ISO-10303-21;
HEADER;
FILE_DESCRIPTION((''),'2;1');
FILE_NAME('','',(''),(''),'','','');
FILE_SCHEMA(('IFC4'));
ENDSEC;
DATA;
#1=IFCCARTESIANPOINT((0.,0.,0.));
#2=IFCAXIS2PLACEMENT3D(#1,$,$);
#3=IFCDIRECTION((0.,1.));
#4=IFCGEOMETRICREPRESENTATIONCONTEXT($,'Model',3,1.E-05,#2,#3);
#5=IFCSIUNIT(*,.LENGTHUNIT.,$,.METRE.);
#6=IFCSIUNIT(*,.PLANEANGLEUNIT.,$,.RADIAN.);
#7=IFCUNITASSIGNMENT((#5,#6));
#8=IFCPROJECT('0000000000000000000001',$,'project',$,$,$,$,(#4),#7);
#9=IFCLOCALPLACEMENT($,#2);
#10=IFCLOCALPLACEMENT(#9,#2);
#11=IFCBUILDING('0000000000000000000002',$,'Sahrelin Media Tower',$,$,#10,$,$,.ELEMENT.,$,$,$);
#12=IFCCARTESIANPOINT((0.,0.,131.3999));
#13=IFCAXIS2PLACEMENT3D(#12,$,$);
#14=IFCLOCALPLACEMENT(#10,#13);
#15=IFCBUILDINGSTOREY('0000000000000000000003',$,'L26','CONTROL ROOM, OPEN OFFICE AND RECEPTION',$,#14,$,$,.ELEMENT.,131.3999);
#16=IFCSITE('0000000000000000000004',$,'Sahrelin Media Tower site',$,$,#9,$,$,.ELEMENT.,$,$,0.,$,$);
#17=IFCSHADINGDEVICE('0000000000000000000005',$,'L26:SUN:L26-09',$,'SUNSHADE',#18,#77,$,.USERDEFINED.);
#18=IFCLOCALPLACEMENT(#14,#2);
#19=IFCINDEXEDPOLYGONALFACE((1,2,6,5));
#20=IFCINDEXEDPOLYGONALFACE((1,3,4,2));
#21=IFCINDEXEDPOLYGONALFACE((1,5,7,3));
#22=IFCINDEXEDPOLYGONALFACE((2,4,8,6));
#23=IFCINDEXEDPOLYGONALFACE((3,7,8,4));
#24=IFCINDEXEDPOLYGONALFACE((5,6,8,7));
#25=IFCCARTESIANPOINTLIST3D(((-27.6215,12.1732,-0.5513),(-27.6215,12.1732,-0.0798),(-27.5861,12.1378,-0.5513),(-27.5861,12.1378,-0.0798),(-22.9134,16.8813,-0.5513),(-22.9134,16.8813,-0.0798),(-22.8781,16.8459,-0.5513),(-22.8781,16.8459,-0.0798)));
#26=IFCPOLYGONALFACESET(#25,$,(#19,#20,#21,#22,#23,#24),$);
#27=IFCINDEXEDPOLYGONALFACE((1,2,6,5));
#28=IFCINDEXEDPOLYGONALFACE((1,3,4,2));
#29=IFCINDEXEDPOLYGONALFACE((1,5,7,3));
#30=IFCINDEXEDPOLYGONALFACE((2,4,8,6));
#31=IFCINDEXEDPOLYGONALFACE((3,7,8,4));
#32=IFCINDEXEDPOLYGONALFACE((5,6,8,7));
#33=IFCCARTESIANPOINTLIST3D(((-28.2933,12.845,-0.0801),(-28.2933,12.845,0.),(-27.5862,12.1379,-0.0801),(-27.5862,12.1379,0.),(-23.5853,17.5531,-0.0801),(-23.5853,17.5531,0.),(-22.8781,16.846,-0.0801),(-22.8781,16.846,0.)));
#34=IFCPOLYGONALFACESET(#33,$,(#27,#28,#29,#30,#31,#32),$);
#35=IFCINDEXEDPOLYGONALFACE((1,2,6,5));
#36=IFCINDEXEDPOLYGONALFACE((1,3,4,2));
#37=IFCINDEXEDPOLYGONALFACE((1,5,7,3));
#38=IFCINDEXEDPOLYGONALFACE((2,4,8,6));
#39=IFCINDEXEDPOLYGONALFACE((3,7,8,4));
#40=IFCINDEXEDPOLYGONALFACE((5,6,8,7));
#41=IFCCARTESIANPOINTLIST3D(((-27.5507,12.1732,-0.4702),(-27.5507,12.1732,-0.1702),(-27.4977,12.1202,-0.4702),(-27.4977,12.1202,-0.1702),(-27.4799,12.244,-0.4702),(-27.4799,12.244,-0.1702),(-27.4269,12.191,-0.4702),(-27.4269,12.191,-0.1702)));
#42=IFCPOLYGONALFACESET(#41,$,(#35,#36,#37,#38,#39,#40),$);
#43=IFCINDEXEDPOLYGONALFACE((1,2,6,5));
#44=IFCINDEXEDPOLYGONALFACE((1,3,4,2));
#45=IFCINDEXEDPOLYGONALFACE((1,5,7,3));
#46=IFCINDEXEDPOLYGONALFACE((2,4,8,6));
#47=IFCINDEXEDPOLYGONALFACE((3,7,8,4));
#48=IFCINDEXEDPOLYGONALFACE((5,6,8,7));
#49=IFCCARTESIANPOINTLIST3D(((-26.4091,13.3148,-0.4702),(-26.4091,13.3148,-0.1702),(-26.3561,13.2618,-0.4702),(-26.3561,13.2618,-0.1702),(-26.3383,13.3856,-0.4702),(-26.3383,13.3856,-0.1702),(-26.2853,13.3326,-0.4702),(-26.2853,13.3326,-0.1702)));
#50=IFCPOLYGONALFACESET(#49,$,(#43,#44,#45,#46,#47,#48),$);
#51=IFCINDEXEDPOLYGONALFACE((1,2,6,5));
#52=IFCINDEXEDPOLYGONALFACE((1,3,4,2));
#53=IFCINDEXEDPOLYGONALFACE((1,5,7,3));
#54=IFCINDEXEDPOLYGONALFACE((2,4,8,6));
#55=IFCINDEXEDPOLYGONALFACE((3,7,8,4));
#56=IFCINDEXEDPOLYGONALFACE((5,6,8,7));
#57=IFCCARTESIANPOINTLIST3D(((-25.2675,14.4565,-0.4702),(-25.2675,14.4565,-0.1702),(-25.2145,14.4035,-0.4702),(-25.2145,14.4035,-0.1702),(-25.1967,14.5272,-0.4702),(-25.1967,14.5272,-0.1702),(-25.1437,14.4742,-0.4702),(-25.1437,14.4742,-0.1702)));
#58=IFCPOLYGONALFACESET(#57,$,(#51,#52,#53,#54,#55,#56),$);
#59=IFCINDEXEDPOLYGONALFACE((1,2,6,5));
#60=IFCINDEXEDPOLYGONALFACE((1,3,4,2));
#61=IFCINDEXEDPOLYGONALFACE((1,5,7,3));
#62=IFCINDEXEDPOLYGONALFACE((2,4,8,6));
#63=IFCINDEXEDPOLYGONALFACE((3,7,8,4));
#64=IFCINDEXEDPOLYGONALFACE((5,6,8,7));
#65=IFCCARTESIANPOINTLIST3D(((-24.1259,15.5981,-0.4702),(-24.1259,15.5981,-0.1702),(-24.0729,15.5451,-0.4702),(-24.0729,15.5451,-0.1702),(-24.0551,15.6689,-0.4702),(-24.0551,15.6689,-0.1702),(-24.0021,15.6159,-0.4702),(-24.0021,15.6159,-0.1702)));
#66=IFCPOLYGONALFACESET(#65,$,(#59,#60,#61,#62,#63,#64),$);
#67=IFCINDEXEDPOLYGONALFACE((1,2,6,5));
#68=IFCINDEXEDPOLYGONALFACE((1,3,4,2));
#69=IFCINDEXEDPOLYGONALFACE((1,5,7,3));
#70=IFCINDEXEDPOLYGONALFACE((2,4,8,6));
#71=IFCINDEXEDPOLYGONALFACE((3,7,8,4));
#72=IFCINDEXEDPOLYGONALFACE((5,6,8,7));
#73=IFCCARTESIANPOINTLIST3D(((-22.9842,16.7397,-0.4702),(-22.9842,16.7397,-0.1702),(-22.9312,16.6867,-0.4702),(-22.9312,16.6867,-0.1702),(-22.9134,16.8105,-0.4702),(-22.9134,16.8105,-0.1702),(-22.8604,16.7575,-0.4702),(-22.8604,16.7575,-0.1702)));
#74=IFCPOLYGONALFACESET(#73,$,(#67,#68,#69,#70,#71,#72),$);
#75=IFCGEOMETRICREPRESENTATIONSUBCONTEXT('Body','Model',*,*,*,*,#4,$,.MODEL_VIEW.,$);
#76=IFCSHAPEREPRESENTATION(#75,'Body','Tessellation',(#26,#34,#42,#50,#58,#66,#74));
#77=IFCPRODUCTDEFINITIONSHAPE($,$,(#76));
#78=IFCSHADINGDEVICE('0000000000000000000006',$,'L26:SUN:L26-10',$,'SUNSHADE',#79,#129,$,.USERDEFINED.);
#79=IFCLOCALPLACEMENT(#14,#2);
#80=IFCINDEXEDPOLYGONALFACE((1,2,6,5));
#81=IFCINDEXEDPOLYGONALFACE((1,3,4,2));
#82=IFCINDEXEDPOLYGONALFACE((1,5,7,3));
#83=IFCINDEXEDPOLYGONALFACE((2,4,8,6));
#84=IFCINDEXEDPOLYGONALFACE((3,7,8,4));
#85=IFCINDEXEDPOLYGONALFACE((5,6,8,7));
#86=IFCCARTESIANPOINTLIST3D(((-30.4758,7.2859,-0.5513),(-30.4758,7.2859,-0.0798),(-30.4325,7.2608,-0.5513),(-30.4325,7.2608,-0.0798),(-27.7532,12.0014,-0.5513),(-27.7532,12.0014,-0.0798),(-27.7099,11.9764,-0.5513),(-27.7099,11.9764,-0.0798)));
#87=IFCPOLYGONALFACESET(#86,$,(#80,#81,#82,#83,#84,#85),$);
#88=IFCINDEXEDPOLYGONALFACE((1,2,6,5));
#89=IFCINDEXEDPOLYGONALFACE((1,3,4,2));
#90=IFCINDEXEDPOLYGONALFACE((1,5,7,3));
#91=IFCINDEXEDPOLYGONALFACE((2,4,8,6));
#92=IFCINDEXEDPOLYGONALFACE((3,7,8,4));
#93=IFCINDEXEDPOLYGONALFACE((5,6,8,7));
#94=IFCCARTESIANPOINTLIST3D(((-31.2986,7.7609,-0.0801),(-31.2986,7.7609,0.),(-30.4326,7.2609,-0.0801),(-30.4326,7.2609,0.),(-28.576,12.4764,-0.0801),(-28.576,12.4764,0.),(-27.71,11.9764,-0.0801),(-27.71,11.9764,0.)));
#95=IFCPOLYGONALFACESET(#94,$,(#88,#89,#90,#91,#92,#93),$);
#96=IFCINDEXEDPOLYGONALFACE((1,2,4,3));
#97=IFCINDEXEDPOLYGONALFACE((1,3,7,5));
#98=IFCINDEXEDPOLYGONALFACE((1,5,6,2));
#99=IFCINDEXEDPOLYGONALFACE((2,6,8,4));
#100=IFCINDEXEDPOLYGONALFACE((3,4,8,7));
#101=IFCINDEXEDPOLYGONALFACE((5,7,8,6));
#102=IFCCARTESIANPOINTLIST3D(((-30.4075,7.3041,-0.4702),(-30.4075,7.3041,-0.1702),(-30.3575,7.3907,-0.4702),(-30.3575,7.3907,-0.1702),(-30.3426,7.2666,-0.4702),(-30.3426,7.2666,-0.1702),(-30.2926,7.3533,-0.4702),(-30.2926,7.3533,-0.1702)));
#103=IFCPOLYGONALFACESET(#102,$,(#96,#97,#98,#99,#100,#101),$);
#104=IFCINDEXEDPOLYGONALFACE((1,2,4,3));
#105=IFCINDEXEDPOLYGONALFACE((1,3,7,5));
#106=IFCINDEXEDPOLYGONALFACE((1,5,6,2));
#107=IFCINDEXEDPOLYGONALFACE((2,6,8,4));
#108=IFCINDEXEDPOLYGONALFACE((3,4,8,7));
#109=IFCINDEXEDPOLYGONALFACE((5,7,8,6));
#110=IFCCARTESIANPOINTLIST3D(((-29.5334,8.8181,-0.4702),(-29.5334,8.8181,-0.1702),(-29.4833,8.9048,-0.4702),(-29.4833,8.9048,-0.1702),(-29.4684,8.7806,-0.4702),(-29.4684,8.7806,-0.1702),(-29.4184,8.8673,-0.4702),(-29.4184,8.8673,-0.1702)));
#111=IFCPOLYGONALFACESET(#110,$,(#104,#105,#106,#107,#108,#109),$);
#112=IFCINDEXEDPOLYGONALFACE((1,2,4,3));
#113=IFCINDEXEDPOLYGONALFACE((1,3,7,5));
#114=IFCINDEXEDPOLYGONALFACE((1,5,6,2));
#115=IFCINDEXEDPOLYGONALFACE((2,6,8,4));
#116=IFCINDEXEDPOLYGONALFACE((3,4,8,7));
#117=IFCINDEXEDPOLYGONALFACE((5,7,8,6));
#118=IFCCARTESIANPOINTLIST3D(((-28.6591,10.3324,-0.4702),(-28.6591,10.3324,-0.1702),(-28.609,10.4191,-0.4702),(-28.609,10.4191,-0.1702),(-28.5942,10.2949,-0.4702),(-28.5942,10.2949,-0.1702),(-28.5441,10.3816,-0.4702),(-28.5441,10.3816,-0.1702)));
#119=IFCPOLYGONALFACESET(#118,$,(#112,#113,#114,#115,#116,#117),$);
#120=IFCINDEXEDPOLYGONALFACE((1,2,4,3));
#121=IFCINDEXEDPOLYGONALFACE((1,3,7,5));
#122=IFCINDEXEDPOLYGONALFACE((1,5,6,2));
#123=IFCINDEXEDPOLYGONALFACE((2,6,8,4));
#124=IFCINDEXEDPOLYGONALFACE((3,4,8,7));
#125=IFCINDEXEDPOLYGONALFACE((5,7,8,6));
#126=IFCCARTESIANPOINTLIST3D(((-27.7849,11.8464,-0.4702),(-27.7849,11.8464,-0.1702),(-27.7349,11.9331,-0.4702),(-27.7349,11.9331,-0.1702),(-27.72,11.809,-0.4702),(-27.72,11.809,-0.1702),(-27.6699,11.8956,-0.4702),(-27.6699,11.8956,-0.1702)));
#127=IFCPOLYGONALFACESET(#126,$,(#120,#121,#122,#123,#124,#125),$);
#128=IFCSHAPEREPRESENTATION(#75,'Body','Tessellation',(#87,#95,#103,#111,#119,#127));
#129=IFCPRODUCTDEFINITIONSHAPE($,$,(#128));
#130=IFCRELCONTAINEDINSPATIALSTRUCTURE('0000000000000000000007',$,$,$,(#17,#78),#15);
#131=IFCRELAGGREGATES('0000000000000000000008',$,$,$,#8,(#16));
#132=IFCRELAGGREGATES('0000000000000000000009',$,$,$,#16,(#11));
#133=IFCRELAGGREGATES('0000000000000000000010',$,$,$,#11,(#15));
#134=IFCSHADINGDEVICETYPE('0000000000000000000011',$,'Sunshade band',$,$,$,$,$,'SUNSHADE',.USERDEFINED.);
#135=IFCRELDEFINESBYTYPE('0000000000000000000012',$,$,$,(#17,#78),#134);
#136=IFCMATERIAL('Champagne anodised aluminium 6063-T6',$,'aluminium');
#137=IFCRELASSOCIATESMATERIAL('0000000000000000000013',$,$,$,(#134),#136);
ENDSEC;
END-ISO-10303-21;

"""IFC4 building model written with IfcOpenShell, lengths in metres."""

from ifc_helpers import new_model, si_unit, direction, frame, origin, origin_2d, place, context, subcontext, project, spatial, rectangle, extrude, material, type_object, element, save


model = new_model("IFC4")

# Units and contexts
model_context = context("Model", 3, precision=1e-05, world=origin(), true_north=direction((0.0, 1.0)))
body_context = subcontext(model_context, "Body", "Model", "MODEL_VIEW")
ifc_project = project(units=[si_unit("LENGTHUNIT", "METRE"), si_unit("PLANEANGLEUNIT", "RADIAN")], contexts=[model_context])

# Site, building, storey
site_placement = place(None, origin())
site = spatial("IfcSite", under=ifc_project, at=site_placement, Name="Sahrelin Media Tower site", CompositionType="ELEMENT", RefElevation=0.0)
building_placement = place(site_placement, origin())
building = spatial("IfcBuilding", under=site, at=building_placement, Name="Sahrelin Media Tower", CompositionType="ELEMENT")
storey_placement = place(building_placement, frame((0.0, 0.0, 131.3999)))
storey = spatial("IfcBuildingStorey", under=building, at=storey_placement, Name="L26", Description="CONTROL ROOM, OPEN OFFICE AND RECEPTION", CompositionType="ELEMENT", Elevation=131.3999)

# Shared definitions
ifc_material_1 = material(Name="Champagne anodised aluminium 6063-T6", Category="aluminium")

# Shading devices
placement_1 = place(storey_placement, frame((-25.218, 14.4778, 0.0), z_axis=(0.0, 0.0, 1.0), x_axis=(0.707107, 0.707107, 0.0)))
placement_2 = place(storey_placement, frame((-29.054, 9.6086, 0.0), z_axis=(0.0, 0.0, 1.0), x_axis=(0.500011, 0.866019, 0.0)))
shading_device_type_1 = type_object("IfcShadingDeviceType", Name="Sunshade band", ElementType="SUNSHADE", PredefinedType="USERDEFINED", material=ifc_material_1)
element("IfcShadingDevice", 1, at=placement_1, inside=storey, type_object=shading_device_type_1, Name="L26:SUN:L26-09", ObjectType="SUNSHADE", PredefinedType="USERDEFINED", context=body_context, shape_type="SweptSolid", body=[
    extrude(rectangle(XDim=6.6582, YDim=0.05, at=origin_2d()), frame((0.0, 0.0449, -0.5513)), (0.0, 0.0, 1.0), 0.4714),
    extrude(rectangle(XDim=6.6582, YDim=1.0, at=origin_2d()), frame((0.0, 0.52, -0.0801)), (0.0, 0.0, 1.0), 0.0801),
    extrude(rectangle(XDim=0.1001, YDim=0.075, at=origin_2d()), frame((-3.229, -0.0176, -0.4702)), (0.0, 0.0, 1.0), 0.3),
    extrude(rectangle(XDim=0.1001, YDim=0.075, at=origin_2d()), frame((-1.6145, -0.0176, -0.4702)), (0.0, 0.0, 1.0), 0.3),
    extrude(rectangle(XDim=0.1001, YDim=0.075, at=origin_2d()), frame((0.0, -0.0176, -0.4702)), (0.0, 0.0, 1.0), 0.3),
    extrude(rectangle(XDim=0.1001, YDim=0.075, at=origin_2d()), frame((1.6145, -0.0176, -0.4702)), (0.0, 0.0, 1.0), 0.3),
    extrude(rectangle(XDim=0.1001, YDim=0.075, at=origin_2d()), frame((3.229, -0.0176, -0.4702)), (0.0, 0.0, 1.0), 0.3),
])
element("IfcShadingDevice", 2, at=placement_2, inside=storey, type_object=shading_device_type_1, Name="L26:SUN:L26-10", ObjectType="SUNSHADE", PredefinedType="USERDEFINED", context=body_context, shape_type="SweptSolid", body=[
    extrude(rectangle(XDim=5.4451, YDim=0.05, at=origin_2d()), frame((0.0, 0.0449, -0.5513)), (0.0, 0.0, 1.0), 0.4714),
    extrude(rectangle(XDim=5.4451, YDim=1.0, at=origin_2d()), frame((0.0, 0.52, -0.0801)), (0.0, 0.0, 1.0), 0.0801),
    extrude(rectangle(XDim=0.1001, YDim=0.075, at=origin_2d()), frame((-2.6226, -0.0176, -0.4702)), (0.0, 0.0, 1.0), 0.3),
    extrude(rectangle(XDim=0.1001, YDim=0.075, at=origin_2d()), frame((-0.8743, -0.0176, -0.4702)), (0.0, 0.0, 1.0), 0.3),
    extrude(rectangle(XDim=0.1001, YDim=0.075, at=origin_2d()), frame((0.8743, -0.0176, -0.4702)), (0.0, 0.0, 1.0), 0.3),
    extrude(rectangle(XDim=0.1001, YDim=0.075, at=origin_2d()), frame((2.6226, -0.0176, -0.4702)), (0.0, 0.0, 1.0), 0.3),
])

save(model, "model.ifc")
